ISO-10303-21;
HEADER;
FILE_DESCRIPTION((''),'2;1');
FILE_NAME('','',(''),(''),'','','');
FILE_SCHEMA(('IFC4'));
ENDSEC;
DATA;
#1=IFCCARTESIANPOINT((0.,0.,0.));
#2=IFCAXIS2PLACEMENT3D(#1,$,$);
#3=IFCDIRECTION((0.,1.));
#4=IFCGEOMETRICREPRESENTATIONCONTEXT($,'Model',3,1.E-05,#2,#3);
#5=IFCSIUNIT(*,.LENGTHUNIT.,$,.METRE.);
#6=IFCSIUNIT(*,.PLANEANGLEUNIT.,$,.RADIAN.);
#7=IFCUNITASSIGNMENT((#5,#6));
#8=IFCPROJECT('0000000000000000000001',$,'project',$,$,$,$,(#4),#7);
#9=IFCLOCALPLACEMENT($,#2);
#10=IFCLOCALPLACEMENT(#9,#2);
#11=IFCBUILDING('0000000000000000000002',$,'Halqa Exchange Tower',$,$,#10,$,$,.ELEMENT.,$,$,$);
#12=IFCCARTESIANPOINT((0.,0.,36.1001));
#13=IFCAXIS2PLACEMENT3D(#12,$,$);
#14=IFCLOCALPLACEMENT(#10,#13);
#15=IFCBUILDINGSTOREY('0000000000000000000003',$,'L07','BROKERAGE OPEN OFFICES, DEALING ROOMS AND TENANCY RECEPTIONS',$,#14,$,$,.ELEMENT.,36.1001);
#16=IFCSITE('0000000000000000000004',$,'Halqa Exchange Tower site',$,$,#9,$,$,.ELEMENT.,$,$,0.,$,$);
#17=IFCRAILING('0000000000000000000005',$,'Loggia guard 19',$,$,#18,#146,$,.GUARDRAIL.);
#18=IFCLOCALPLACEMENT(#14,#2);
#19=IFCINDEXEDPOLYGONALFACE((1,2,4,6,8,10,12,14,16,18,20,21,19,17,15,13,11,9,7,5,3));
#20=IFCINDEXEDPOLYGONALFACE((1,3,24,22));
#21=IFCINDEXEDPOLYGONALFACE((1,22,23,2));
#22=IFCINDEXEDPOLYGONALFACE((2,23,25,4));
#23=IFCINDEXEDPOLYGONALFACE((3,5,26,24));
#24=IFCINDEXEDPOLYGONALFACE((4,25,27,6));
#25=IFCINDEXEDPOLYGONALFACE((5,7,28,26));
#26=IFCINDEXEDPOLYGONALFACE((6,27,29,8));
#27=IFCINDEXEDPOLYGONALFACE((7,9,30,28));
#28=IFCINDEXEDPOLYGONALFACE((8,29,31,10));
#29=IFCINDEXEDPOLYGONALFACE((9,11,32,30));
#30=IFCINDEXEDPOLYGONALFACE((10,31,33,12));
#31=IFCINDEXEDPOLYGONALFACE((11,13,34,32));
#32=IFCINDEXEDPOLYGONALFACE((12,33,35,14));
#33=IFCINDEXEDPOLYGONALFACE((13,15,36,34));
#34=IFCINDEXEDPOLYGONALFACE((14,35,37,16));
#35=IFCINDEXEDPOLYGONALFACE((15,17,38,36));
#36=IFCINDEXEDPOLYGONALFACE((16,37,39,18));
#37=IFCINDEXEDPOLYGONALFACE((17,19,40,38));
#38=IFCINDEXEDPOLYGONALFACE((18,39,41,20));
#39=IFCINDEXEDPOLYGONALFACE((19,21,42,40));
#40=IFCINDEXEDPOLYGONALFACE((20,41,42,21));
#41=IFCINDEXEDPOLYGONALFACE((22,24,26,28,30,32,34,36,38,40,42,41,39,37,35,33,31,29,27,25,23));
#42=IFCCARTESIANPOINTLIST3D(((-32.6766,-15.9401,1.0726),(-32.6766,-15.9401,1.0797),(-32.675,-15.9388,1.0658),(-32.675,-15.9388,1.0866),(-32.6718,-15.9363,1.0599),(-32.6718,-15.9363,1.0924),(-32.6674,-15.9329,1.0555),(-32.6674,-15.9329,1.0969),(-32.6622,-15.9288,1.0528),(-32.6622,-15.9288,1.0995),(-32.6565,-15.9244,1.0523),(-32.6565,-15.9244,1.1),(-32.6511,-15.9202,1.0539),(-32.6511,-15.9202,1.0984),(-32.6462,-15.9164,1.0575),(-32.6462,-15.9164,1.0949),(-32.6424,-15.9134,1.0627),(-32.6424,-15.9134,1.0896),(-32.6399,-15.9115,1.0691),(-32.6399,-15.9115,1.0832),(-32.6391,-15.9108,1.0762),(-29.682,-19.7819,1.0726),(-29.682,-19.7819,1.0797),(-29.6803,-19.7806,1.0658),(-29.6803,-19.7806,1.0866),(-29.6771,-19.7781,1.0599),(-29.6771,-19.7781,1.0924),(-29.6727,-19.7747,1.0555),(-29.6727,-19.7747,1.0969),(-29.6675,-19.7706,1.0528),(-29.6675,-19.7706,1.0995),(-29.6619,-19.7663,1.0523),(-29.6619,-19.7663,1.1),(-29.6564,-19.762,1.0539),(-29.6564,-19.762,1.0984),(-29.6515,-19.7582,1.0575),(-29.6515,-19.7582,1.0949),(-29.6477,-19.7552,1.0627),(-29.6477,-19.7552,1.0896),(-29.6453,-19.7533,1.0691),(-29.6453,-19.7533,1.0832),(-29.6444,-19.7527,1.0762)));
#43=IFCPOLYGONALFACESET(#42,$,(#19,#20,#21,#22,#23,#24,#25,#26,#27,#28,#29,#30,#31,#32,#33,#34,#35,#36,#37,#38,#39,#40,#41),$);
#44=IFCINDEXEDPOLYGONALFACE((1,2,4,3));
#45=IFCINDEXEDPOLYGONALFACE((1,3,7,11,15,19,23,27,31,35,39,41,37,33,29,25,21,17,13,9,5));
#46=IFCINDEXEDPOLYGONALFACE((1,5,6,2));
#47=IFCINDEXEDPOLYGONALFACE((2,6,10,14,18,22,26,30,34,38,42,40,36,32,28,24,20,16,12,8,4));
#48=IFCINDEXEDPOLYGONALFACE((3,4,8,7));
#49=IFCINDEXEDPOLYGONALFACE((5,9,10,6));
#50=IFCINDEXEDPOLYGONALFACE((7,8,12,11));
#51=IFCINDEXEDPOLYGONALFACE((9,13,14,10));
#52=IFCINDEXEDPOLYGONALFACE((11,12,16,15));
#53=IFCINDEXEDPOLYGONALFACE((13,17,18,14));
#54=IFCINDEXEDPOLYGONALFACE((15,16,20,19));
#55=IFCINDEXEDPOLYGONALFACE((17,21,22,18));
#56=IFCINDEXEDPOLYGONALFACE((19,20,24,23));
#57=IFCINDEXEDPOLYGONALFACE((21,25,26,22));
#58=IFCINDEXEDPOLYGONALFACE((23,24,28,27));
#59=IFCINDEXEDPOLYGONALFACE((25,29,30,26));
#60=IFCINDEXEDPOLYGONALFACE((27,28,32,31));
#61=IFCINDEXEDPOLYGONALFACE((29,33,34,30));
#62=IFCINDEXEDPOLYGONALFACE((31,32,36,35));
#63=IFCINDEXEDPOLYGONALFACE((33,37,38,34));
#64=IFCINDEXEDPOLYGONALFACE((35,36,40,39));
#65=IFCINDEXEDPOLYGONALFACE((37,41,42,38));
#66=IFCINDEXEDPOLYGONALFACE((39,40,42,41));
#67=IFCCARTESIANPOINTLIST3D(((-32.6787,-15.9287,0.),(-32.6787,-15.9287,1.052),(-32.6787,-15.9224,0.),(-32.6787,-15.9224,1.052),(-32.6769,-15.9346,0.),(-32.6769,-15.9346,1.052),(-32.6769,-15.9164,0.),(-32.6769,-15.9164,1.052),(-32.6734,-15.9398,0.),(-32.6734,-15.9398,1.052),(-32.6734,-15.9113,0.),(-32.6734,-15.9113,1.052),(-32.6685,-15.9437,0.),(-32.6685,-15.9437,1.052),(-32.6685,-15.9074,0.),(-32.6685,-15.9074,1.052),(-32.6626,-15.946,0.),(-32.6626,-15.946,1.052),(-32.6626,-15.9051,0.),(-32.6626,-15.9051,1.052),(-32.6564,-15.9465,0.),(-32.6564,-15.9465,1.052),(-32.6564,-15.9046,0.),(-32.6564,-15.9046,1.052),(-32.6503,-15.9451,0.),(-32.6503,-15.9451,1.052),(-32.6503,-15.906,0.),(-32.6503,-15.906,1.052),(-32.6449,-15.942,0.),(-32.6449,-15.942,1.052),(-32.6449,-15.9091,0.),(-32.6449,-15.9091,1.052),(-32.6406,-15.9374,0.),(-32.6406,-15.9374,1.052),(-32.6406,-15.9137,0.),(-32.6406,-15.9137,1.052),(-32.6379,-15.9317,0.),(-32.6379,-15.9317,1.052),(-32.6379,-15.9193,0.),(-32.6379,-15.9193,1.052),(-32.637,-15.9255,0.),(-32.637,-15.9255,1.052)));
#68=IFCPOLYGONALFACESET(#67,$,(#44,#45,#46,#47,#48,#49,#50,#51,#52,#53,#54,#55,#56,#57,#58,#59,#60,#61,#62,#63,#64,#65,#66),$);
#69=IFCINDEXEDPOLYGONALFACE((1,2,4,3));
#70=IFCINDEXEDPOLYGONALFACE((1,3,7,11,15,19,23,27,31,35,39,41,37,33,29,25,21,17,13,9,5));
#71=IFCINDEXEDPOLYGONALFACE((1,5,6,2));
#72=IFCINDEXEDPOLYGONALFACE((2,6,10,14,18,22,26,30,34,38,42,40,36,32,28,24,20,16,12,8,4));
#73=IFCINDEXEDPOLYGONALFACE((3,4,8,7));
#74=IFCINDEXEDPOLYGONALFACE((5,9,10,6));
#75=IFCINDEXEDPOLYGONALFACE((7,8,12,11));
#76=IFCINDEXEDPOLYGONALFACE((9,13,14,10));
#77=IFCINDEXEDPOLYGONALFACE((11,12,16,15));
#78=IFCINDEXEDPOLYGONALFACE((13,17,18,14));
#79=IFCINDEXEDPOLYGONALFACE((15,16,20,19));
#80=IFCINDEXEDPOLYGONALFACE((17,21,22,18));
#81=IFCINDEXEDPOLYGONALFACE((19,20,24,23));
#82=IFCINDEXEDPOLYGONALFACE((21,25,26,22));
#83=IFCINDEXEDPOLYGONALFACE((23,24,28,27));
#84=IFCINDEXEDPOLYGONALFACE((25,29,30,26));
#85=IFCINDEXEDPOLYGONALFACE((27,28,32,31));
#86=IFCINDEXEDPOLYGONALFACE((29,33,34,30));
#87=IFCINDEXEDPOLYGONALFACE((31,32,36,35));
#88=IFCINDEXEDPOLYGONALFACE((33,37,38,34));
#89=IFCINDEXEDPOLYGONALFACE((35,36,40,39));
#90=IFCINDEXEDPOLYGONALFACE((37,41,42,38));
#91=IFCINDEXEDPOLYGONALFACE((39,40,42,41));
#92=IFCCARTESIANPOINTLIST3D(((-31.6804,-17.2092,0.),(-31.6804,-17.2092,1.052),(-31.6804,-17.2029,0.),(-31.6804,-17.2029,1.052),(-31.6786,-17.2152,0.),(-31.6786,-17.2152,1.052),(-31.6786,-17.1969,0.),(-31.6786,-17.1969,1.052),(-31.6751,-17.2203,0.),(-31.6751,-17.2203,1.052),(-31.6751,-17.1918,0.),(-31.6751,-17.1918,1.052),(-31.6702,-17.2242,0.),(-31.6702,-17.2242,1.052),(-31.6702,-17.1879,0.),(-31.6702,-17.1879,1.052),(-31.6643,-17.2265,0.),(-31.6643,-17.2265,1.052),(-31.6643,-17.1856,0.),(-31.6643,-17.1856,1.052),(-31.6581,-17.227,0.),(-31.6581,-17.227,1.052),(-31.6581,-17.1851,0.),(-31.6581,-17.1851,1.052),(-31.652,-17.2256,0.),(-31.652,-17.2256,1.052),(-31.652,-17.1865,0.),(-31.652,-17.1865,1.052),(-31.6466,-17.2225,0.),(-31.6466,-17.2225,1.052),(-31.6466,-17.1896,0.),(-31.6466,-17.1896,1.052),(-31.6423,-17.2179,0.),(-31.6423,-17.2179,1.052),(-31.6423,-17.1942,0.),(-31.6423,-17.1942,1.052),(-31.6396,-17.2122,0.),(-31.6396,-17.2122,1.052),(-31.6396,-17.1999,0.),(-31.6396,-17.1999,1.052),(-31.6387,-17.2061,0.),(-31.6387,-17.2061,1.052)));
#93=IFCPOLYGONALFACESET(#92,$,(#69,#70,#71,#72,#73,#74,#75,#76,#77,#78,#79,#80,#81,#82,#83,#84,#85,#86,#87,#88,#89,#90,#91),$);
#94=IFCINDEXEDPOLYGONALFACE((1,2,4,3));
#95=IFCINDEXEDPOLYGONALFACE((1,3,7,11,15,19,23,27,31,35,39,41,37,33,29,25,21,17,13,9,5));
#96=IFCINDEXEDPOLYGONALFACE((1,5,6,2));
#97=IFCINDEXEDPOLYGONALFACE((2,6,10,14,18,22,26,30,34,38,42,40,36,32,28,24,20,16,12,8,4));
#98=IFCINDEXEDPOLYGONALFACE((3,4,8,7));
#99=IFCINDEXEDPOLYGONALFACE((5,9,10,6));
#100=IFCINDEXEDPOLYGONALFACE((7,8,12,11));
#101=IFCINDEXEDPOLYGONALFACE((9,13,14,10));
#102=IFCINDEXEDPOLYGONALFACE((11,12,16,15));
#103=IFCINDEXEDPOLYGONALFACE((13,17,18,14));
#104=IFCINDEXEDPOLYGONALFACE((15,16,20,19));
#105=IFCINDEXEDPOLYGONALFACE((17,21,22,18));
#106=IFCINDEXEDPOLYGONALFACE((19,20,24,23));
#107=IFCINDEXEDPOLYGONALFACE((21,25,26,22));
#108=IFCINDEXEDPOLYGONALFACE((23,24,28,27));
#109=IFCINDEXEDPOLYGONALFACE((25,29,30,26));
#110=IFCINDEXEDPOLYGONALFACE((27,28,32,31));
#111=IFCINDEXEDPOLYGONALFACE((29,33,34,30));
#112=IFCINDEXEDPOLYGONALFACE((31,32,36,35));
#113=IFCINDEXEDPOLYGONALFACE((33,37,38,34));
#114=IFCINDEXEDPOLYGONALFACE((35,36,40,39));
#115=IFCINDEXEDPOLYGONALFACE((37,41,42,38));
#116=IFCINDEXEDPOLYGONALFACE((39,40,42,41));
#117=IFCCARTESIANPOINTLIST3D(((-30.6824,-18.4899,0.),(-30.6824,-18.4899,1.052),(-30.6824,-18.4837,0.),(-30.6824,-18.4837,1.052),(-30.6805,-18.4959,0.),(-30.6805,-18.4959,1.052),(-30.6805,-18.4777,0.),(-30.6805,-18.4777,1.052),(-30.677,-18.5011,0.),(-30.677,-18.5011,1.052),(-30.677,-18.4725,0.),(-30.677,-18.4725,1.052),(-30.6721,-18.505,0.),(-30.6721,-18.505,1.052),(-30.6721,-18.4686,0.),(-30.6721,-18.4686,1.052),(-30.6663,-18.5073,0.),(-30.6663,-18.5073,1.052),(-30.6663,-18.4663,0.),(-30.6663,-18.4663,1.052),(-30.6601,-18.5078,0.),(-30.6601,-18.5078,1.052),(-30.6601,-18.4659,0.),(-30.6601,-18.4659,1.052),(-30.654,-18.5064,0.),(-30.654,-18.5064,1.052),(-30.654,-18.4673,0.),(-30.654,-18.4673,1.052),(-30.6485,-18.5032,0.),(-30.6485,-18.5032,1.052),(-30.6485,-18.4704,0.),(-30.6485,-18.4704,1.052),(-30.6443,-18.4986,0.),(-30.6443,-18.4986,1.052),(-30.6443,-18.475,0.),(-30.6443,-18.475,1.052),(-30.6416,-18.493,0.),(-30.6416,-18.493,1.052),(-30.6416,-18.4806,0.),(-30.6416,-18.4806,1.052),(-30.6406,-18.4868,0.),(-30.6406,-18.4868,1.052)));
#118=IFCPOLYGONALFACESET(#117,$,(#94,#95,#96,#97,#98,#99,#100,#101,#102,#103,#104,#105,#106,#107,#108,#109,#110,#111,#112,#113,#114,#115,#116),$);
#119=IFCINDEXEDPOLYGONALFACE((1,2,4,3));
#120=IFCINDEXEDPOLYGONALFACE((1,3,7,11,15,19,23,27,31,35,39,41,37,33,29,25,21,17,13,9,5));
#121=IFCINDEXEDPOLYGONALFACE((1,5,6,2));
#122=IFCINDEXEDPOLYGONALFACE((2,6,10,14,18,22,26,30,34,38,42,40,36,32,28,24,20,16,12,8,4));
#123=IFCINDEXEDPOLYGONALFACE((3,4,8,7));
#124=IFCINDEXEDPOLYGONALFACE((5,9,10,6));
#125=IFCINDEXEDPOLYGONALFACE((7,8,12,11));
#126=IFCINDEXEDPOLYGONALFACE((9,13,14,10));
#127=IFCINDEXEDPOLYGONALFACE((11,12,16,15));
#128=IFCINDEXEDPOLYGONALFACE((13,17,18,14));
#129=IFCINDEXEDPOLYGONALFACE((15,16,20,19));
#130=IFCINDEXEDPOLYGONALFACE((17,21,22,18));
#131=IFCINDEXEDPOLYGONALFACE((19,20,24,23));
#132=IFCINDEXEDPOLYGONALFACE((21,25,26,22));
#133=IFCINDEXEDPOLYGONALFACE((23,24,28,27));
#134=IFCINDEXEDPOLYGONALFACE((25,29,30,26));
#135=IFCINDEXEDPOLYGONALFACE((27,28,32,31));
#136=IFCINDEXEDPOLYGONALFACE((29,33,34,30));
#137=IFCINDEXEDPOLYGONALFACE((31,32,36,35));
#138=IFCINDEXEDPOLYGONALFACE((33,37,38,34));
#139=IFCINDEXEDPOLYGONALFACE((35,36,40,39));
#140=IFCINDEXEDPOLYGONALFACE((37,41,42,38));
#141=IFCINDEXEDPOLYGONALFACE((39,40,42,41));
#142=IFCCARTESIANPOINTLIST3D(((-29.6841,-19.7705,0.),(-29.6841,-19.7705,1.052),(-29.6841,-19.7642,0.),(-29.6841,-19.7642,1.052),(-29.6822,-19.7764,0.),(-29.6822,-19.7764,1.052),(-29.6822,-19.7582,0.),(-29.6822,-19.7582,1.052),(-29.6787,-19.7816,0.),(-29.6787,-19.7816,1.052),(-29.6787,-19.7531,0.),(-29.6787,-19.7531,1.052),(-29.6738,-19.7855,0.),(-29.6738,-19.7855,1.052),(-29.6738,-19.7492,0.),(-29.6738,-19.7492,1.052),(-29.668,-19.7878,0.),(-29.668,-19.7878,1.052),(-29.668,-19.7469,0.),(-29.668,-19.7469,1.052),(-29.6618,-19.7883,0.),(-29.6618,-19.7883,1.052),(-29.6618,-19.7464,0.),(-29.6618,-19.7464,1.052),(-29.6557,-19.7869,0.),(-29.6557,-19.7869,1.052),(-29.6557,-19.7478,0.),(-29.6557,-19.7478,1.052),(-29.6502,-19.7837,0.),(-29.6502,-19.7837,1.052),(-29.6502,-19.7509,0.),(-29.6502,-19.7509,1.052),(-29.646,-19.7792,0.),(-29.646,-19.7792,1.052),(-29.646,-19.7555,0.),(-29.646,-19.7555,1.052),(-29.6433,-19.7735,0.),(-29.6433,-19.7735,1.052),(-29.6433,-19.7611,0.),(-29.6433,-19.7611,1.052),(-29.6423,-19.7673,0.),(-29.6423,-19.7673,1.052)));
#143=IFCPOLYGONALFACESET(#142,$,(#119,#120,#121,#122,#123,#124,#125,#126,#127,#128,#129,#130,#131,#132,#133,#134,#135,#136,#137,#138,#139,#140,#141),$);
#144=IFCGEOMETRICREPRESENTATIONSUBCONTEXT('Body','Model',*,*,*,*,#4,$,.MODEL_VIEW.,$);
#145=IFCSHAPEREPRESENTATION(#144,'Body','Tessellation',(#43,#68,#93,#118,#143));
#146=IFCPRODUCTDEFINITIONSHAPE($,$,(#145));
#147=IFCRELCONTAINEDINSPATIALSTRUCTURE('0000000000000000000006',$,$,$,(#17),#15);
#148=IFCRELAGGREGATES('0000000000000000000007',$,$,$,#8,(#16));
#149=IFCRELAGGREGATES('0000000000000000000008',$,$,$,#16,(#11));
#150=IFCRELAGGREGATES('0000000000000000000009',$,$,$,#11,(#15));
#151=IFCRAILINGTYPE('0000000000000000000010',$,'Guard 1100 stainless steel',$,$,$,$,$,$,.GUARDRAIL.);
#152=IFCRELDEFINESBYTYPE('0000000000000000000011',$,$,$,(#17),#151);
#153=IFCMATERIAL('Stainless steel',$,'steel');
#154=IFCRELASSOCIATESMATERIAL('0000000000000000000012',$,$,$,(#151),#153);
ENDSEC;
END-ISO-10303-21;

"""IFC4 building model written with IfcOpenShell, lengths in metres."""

from ifc_helpers import new_model, si_unit, direction, frame, origin, origin_2d, place, context, subcontext, project, spatial, circle, extrude, material, type_object, element, save


model = new_model("IFC4")

# Units and contexts
model_context = context("Model", 3, precision=1e-05, world=origin(), true_north=direction((0.0, 1.0)))
body_context = subcontext(model_context, "Body", "Model", "MODEL_VIEW")
ifc_project = project(units=[si_unit("LENGTHUNIT", "METRE"), si_unit("PLANEANGLEUNIT", "RADIAN")], contexts=[model_context])

# Site, building, storey
site_placement = place(None, origin())
site = spatial("IfcSite", under=ifc_project, at=site_placement, Name="Halqa Exchange Tower site", CompositionType="ELEMENT", RefElevation=0.0)
building_placement = place(site_placement, origin())
building = spatial("IfcBuilding", under=site, at=building_placement, Name="Halqa Exchange Tower", CompositionType="ELEMENT")
storey_placement = place(building_placement, frame((0.0, 0.0, 36.1001)))
storey = spatial("IfcBuildingStorey", under=building, at=storey_placement, Name="L07", Description="BROKERAGE OPEN OFFICES, DEALING ROOMS AND TENANCY RECEPTIONS", CompositionType="ELEMENT", Elevation=36.1001)

# Railing
ifc_material_1 = material(Name="Stainless steel", Category="steel")
railing_type = type_object("IfcRailingType", Name="Guard 1100 stainless steel", PredefinedType="GUARDRAIL", material=ifc_material_1)
railing_1_placement = place(storey_placement, frame((-32.658, -15.9255, 0.0)))
element("IfcRailing", 1, at=railing_1_placement, inside=storey, type_object=railing_type, Name="Loggia guard 19", PredefinedType="GUARDRAIL", context=body_context, shape_type="SweptSolid", body=[
    extrude(circle(Radius=0.0239, at=origin_2d()), frame((0.0, 0.0, 1.0762), z_axis=(0.61478, -0.788699, 0.0), x_axis=(0.788699, 0.61478, 0.0)), (0.0, 0.0, 1.0), 4.8711),
    extrude(circle(Radius=0.021, at=origin_2d()), origin(), (0.0, 0.0, 1.0), 1.052),
    extrude(circle(Radius=0.021, at=origin_2d()), frame((0.9983, -1.2805, 0.0)), (0.0, 0.0, 1.0), 1.052),
    extrude(circle(Radius=0.021, at=origin_2d()), frame((1.9963, -2.5613, 0.0)), (0.0, 0.0, 1.0), 1.052),
    extrude(circle(Radius=0.021, at=origin_2d()), frame((2.9946, -3.8418, 0.0)), (0.0, 0.0, 1.0), 1.052),
])

save(model, "model.ifc")
